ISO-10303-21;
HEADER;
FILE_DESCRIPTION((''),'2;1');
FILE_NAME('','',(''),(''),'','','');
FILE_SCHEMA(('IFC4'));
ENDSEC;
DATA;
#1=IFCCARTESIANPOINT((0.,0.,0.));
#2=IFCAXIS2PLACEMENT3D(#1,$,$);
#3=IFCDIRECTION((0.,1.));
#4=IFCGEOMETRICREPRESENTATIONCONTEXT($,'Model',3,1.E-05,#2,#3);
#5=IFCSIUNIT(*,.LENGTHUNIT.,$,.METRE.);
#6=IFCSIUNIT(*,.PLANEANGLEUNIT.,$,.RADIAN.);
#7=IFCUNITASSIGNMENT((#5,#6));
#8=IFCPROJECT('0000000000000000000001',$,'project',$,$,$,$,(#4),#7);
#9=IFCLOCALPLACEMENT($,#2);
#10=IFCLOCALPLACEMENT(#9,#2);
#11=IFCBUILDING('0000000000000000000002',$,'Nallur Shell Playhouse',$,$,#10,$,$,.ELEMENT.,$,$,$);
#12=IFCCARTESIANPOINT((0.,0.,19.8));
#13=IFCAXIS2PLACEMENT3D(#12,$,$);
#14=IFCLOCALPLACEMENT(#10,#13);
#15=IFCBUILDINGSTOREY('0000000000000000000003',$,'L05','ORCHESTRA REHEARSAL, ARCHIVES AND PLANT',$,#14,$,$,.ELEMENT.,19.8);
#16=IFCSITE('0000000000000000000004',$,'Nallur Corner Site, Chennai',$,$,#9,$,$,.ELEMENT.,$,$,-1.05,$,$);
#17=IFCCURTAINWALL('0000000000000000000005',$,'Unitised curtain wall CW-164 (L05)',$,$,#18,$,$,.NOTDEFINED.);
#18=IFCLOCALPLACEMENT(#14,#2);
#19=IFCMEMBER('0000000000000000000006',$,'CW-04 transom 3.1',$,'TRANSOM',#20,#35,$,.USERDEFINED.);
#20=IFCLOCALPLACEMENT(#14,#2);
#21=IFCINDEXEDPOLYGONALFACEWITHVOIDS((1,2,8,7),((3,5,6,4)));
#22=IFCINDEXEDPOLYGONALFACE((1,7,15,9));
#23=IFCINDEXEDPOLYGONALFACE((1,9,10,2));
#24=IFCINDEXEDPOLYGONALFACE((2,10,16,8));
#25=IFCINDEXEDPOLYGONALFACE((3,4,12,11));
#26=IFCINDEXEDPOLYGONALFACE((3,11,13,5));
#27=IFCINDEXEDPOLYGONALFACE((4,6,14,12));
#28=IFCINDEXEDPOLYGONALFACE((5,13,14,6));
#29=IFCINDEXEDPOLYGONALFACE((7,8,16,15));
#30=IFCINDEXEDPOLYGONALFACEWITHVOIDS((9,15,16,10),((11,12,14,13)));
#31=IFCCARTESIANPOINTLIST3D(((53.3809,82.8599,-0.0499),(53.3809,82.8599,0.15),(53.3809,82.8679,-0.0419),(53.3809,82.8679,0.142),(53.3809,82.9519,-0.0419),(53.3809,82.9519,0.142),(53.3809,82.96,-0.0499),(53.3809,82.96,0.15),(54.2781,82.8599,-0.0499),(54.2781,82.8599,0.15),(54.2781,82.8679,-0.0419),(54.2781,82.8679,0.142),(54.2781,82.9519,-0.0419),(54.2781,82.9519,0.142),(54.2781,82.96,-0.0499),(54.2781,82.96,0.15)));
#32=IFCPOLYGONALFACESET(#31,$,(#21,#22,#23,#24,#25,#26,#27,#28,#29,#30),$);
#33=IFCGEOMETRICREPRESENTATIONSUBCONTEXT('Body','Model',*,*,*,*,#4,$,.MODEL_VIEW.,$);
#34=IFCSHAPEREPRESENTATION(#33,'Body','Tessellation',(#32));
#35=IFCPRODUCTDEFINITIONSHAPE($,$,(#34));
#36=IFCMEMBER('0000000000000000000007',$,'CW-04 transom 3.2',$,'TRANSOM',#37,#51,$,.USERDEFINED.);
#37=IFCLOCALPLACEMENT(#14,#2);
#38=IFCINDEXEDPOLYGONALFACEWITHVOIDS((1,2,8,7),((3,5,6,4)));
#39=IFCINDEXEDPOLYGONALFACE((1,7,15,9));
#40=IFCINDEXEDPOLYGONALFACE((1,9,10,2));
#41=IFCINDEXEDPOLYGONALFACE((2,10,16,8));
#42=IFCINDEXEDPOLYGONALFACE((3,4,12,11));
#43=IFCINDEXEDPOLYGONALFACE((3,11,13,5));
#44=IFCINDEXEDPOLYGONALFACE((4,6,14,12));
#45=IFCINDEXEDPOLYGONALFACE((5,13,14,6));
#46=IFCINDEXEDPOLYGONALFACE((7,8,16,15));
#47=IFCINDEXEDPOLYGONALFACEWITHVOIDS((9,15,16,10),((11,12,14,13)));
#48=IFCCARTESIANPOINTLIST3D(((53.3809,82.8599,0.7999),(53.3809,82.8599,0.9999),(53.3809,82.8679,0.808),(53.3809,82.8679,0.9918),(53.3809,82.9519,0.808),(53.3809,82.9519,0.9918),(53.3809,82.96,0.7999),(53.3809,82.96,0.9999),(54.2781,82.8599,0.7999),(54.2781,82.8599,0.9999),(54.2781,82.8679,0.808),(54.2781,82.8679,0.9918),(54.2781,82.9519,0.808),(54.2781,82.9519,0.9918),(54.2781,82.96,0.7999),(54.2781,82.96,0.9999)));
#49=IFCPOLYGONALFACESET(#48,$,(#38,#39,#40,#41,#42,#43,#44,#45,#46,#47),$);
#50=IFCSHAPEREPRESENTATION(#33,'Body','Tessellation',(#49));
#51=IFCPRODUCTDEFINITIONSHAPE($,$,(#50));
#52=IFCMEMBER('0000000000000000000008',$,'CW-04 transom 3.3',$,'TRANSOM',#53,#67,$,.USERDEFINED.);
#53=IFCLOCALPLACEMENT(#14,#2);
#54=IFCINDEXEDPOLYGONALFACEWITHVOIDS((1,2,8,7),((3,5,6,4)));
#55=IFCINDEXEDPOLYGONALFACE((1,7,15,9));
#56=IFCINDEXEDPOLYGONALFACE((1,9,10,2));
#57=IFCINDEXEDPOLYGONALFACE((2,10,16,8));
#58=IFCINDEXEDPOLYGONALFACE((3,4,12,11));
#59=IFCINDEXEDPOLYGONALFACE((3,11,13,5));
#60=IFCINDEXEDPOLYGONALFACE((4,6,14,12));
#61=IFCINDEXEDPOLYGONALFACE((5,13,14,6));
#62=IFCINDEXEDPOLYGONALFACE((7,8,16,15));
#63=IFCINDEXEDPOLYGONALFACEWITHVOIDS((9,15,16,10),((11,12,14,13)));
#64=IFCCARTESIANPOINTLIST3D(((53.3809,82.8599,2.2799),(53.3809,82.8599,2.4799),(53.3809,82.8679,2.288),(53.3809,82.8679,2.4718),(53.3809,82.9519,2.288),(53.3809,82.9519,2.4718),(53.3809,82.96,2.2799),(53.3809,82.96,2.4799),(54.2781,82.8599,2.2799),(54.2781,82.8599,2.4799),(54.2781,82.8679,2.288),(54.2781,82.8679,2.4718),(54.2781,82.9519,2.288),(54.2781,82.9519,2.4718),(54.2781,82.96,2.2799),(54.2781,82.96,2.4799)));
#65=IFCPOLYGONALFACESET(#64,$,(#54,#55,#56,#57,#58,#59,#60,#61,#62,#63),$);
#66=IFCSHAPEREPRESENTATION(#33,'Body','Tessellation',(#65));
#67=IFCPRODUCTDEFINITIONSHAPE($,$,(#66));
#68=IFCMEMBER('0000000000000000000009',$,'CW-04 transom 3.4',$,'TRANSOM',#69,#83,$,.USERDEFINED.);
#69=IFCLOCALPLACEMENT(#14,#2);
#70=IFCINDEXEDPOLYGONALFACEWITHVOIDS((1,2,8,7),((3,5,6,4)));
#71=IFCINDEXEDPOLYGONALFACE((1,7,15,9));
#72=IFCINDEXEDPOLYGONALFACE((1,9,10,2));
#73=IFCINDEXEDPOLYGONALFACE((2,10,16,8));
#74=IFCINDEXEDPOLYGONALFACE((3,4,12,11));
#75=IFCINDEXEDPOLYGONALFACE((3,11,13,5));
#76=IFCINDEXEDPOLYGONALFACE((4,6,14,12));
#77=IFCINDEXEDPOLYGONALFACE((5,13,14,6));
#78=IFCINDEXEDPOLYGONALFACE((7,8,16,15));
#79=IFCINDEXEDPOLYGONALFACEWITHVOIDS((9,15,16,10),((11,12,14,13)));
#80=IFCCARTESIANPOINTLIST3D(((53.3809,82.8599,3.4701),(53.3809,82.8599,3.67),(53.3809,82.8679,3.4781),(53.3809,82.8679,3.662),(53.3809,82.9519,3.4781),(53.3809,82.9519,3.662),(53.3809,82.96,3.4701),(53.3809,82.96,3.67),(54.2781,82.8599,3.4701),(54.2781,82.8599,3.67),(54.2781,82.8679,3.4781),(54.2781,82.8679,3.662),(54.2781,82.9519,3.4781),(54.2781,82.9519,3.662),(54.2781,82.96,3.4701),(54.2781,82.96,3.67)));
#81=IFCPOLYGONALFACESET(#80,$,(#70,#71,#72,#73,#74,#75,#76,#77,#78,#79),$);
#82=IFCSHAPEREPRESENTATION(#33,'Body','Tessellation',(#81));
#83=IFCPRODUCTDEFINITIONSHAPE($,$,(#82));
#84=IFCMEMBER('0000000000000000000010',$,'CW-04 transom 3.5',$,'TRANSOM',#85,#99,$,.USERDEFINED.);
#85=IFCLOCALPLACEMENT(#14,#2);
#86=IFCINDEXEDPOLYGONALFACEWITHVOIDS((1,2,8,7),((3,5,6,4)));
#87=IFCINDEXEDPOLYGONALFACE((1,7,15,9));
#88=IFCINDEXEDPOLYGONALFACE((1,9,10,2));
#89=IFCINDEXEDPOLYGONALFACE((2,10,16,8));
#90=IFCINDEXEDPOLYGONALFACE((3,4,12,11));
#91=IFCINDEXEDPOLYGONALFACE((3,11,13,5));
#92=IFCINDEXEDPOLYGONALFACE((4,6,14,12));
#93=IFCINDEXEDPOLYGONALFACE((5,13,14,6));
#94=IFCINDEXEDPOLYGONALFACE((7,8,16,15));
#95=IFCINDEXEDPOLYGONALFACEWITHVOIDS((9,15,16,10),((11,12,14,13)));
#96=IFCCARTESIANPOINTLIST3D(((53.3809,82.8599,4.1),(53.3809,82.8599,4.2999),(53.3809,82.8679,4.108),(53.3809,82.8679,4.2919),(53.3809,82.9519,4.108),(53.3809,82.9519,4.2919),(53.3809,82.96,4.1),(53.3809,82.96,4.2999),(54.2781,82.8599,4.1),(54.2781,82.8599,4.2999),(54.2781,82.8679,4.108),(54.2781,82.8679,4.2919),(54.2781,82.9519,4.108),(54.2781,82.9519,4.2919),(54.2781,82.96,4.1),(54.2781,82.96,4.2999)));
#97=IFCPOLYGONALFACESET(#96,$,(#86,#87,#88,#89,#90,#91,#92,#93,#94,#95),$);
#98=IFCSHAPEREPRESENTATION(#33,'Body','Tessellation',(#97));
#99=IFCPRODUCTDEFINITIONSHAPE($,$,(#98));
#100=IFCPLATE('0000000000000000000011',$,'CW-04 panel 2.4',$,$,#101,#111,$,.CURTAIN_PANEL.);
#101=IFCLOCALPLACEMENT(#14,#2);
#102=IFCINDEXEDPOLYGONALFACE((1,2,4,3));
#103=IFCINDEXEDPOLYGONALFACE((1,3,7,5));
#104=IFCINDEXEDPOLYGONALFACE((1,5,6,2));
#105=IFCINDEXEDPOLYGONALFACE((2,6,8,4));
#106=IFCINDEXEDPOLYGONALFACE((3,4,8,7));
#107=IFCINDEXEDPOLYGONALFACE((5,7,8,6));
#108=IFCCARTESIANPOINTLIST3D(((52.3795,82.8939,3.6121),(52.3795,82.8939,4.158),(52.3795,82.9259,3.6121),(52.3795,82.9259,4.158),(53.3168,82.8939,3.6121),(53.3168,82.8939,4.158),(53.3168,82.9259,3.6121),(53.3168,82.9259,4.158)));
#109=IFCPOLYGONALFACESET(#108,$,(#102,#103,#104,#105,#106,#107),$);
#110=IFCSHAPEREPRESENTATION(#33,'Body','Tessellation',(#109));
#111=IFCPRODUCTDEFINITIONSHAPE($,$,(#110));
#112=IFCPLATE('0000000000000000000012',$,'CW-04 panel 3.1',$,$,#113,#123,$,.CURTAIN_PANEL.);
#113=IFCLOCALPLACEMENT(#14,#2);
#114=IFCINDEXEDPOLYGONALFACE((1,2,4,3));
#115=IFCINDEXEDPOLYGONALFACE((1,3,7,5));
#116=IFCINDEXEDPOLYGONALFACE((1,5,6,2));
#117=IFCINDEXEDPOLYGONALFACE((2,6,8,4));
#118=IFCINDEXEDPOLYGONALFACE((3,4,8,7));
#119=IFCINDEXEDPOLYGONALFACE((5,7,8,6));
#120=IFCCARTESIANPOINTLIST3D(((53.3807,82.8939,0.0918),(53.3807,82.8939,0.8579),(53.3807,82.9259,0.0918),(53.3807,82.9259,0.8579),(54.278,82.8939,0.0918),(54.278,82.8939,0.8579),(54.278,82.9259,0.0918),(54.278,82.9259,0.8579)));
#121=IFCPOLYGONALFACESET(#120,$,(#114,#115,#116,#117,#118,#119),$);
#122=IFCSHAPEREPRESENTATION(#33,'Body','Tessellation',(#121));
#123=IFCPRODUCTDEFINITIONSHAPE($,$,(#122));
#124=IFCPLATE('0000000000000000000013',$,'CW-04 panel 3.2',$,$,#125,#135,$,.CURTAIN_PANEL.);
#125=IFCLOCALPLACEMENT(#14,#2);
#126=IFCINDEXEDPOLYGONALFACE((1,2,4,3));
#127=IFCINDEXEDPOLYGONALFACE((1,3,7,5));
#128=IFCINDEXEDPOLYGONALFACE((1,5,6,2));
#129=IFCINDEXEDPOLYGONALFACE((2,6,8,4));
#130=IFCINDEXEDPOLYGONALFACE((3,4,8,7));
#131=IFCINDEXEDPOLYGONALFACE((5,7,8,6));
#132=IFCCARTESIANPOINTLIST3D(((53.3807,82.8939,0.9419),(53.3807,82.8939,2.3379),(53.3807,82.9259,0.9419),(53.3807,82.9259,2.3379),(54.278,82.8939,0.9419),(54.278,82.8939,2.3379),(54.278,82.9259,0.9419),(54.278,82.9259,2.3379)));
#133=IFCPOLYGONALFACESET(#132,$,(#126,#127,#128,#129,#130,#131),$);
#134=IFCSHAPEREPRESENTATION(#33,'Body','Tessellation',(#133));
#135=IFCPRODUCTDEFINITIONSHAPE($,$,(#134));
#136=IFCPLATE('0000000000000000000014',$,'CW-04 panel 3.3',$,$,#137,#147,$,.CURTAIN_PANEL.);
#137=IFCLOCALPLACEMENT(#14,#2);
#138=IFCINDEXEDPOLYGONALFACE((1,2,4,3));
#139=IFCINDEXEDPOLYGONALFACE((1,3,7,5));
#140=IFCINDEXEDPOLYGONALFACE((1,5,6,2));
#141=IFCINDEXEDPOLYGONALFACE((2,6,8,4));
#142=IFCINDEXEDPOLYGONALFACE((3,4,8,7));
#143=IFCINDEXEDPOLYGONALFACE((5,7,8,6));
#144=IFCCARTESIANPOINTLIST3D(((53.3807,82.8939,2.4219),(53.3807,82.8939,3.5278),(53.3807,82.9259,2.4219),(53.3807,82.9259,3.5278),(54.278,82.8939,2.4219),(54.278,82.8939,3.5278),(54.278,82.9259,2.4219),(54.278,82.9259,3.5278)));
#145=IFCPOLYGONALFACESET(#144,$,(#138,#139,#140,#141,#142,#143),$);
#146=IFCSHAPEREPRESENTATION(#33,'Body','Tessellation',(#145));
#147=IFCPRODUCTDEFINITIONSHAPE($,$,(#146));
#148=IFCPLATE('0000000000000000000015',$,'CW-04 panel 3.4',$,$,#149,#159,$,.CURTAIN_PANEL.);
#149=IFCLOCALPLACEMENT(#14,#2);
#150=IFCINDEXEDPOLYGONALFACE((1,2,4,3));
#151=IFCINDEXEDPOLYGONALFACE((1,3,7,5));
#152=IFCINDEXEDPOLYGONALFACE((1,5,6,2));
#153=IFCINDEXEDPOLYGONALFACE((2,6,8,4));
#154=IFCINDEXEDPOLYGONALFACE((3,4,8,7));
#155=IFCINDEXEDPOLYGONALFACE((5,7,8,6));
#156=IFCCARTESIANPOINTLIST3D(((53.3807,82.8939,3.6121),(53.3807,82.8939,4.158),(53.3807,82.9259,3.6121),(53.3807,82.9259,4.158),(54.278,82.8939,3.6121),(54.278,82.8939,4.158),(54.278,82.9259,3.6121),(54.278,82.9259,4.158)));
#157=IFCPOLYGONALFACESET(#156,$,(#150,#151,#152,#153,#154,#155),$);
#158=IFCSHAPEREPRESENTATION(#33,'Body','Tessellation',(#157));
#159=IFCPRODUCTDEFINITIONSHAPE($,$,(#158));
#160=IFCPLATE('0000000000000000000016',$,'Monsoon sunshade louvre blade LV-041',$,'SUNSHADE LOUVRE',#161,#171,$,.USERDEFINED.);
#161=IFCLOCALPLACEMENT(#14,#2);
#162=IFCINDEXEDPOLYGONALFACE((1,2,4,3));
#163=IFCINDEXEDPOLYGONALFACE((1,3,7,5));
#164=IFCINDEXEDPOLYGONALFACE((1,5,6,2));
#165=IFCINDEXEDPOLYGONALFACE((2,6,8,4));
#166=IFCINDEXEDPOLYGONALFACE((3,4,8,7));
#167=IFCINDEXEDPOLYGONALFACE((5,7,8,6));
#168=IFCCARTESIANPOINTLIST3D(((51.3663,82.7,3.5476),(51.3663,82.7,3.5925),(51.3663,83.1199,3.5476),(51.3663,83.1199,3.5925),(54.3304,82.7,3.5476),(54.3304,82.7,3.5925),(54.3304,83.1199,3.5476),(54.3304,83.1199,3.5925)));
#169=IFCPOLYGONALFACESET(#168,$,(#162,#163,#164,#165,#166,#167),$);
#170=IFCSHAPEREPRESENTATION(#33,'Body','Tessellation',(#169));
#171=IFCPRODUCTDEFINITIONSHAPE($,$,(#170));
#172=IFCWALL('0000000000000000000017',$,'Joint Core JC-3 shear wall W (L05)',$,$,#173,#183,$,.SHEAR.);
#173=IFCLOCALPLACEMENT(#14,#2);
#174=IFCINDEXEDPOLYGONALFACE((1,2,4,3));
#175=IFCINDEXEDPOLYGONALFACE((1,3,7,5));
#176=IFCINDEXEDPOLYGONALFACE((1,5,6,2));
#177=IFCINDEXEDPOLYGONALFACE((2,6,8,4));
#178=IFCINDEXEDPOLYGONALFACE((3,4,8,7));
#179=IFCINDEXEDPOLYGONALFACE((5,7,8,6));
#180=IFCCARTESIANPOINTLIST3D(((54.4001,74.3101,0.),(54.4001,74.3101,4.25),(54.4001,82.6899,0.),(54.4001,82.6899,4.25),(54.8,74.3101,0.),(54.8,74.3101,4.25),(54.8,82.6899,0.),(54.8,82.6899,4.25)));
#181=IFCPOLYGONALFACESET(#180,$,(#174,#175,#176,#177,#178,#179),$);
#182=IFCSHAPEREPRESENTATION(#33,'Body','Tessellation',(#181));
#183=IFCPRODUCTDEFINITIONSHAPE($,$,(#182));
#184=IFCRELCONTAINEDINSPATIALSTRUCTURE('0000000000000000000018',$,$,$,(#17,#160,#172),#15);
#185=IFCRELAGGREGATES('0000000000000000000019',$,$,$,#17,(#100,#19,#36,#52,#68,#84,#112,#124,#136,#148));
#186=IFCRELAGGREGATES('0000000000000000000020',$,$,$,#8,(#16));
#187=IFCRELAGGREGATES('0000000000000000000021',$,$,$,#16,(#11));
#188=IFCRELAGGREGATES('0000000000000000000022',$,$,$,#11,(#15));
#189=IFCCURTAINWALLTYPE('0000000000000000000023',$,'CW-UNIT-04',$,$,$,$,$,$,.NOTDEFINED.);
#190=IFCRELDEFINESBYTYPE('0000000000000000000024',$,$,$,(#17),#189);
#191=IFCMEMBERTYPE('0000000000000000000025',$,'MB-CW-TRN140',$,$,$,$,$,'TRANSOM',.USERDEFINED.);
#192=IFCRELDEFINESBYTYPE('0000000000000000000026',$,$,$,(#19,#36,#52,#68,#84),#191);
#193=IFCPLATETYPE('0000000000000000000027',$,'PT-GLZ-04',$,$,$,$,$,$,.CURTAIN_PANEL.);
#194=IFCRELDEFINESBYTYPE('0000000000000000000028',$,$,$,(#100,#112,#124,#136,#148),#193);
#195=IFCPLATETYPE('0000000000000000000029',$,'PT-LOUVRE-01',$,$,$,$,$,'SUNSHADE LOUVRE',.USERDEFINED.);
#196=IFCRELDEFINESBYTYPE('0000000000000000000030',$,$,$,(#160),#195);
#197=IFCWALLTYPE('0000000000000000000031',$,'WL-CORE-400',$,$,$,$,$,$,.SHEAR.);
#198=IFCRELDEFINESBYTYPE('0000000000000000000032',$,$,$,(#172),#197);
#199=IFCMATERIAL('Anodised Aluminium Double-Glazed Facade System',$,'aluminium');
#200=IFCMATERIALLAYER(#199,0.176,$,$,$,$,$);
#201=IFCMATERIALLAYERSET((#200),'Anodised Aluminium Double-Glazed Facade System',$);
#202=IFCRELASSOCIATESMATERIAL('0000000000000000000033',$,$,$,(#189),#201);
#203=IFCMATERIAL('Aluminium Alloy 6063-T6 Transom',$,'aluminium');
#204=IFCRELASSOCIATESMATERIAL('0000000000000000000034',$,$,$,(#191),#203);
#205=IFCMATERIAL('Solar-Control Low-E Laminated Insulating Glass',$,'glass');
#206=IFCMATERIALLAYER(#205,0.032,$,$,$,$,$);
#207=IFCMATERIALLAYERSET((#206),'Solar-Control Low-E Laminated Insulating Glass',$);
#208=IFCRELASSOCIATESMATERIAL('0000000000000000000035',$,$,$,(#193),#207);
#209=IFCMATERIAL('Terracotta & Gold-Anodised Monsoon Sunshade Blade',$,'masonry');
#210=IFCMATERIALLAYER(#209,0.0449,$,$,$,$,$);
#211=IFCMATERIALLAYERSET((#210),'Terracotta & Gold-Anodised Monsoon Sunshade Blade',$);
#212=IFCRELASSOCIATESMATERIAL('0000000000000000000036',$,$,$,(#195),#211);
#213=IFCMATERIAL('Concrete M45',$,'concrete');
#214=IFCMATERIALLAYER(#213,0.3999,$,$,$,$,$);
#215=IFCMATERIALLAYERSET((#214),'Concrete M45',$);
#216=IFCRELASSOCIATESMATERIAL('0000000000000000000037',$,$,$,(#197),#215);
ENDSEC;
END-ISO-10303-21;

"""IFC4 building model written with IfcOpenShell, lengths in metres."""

from ifc_helpers import new_model, si_unit, direction, frame, frame_2d, origin, origin_2d, place, context, subcontext, project, spatial, rectangle, hollow_rectangle, extrude, material, layer, layer_set, material_profile, profile_set, type_object, element, aggregate, save


model = new_model("IFC4")

# Units and contexts
model_context = context("Model", 3, precision=1e-05, world=origin(), true_north=direction((0.0, 1.0)))
body_context = subcontext(model_context, "Body", "Model", "MODEL_VIEW")
ifc_project = project(units=[si_unit("LENGTHUNIT", "METRE"), si_unit("PLANEANGLEUNIT", "RADIAN")], contexts=[model_context])

# Site, building, storey
site_placement = place(None, origin())
site = spatial("IfcSite", under=ifc_project, at=site_placement, Name="Nallur Corner Site, Chennai", CompositionType="ELEMENT", RefElevation=-1.05)
building_placement = place(site_placement, origin())
building = spatial("IfcBuilding", under=site, at=building_placement, Name="Nallur Shell Playhouse", CompositionType="ELEMENT")
storey_placement = place(building_placement, frame((0.0, 0.0, 19.8)))
storey = spatial("IfcBuildingStorey", under=building, at=storey_placement, Name="L05", Description="ORCHESTRA REHEARSAL, ARCHIVES AND PLANT", CompositionType="ELEMENT", Elevation=19.8)

# Curtain wall, members, plates
ifc_material_1 = material(Name="Anodised Aluminium Double-Glazed Facade System", Category="aluminium")
ifc_layer_1 = layer(ifc_material_1, 0.176)
ifc_layer_set_1 = layer_set([ifc_layer_1], Name="Anodised Aluminium Double-Glazed Facade System")
curtain_wall_type = type_object("IfcCurtainWallType", Name="CW-UNIT-04", PredefinedType="NOTDEFINED", material=ifc_layer_set_1)
curtain_wall_placement = place(storey_placement, origin())
curtain_wall = element("IfcCurtainWall", 1, at=curtain_wall_placement, inside=storey, type_object=curtain_wall_type, Name="Unitised curtain wall CW-164 (L05)", PredefinedType="NOTDEFINED")
ifc_material_2 = material(Name="Aluminium Alloy 6063-T6 Transom", Category="aluminium")
ifc_material_profile_1 = material_profile(ifc_material_2, hollow_rectangle(XDim=0.1001, YDim=0.2, WallThickness=0.0081, at=origin_2d()), Name="RHS 200x100x8")
ifc_profile_set_1 = profile_set([ifc_material_profile_1], Name="Aluminium Alloy 6063-T6 Transom")
member_type_1 = type_object("IfcMemberType", Name="MB-CW-TRN140", ElementType="TRANSOM", PredefinedType="USERDEFINED", material=ifc_profile_set_1)
member_1_placement = place(storey_placement, frame((53.3809, 82.9099, 0.05), z_axis=(1.0, 0.0, 0.0), x_axis=(0.0, 1.0, 0.0)))
member_1 = element("IfcMember", 2, at=member_1_placement, type_object=member_type_1, Name="CW-04 transom 3.1", ObjectType="TRANSOM", PredefinedType="USERDEFINED", context=body_context, shape_type="SweptSolid", body=[
    extrude(hollow_rectangle(XDim=0.1001, YDim=0.2, WallThickness=0.0081, at=origin_2d()), origin(), (0.0, 0.0, 1.0), 0.8972),
])
member_2_placement = place(storey_placement, frame((53.3809, 82.9099, 0.8999), z_axis=(1.0, 0.0, 0.0), x_axis=(0.0, 1.0, 0.0)))
member_2 = element("IfcMember", 3, at=member_2_placement, type_object=member_type_1, Name="CW-04 transom 3.2", ObjectType="TRANSOM", PredefinedType="USERDEFINED", context=body_context, shape_type="SweptSolid", body=[
    extrude(hollow_rectangle(XDim=0.1001, YDim=0.2, WallThickness=0.0081, at=origin_2d()), origin(), (0.0, 0.0, 1.0), 0.8972),
])
member_3_placement = place(storey_placement, frame((53.3809, 82.9099, 2.3799), z_axis=(1.0, 0.0, 0.0), x_axis=(0.0, 1.0, 0.0)))
member_3 = element("IfcMember", 4, at=member_3_placement, type_object=member_type_1, Name="CW-04 transom 3.3", ObjectType="TRANSOM", PredefinedType="USERDEFINED", context=body_context, shape_type="SweptSolid", body=[
    extrude(hollow_rectangle(XDim=0.1001, YDim=0.2, WallThickness=0.0081, at=origin_2d()), origin(), (0.0, 0.0, 1.0), 0.8972),
])
member_4_placement = place(storey_placement, frame((53.3809, 82.9099, 3.5701), z_axis=(1.0, 0.0, 0.0), x_axis=(0.0, 1.0, 0.0)))
member_4 = element("IfcMember", 5, at=member_4_placement, type_object=member_type_1, Name="CW-04 transom 3.4", ObjectType="TRANSOM", PredefinedType="USERDEFINED", context=body_context, shape_type="SweptSolid", body=[
    extrude(hollow_rectangle(XDim=0.1001, YDim=0.2, WallThickness=0.0081, at=origin_2d()), origin(), (0.0, 0.0, 1.0), 0.8972),
])
member_5_placement = place(storey_placement, frame((53.3809, 82.9099, 4.2), z_axis=(1.0, 0.0, 0.0), x_axis=(0.0, 1.0, 0.0)))
member_5 = element("IfcMember", 6, at=member_5_placement, type_object=member_type_1, Name="CW-04 transom 3.5", ObjectType="TRANSOM", PredefinedType="USERDEFINED", context=body_context, shape_type="SweptSolid", body=[
    extrude(hollow_rectangle(XDim=0.1001, YDim=0.2, WallThickness=0.0081, at=origin_2d()), origin(), (0.0, 0.0, 1.0), 0.8972),
])
ifc_material_3 = material(Name="Solar-Control Low-E Laminated Insulating Glass", Category="glass")
ifc_layer_2 = layer(ifc_material_3, 0.032)
ifc_layer_set_2 = layer_set([ifc_layer_2], Name="Solar-Control Low-E Laminated Insulating Glass")
plate_type_1 = type_object("IfcPlateType", Name="PT-GLZ-04", PredefinedType="CURTAIN_PANEL", material=ifc_layer_set_2)
plate_1_placement = place(storey_placement, frame((52.8481, 82.9099, 3.6121), z_axis=(0.0, 0.0, 1.0), x_axis=(1.0, 0.0, 0.0)))
plate_1 = element("IfcPlate", 7, at=plate_1_placement, type_object=plate_type_1, Name="CW-04 panel 2.4", PredefinedType="CURTAIN_PANEL", context=body_context, shape_type="SweptSolid", body=[
    extrude(rectangle(XDim=0.9373, YDim=0.032, at=origin_2d()), origin(), (0.0, 0.0, 1.0), 0.5459),
])
plate_2_placement = place(storey_placement, frame((53.8293, 82.9099, 0.0918), z_axis=(0.0, 0.0, 1.0), x_axis=(1.0, 0.0, 0.0)))
plate_2 = element("IfcPlate", 8, at=plate_2_placement, type_object=plate_type_1, Name="CW-04 panel 3.1", PredefinedType="CURTAIN_PANEL", context=body_context, shape_type="SweptSolid", body=[
    extrude(rectangle(XDim=0.8972, YDim=0.032, at=origin_2d()), origin(), (0.0, 0.0, 1.0), 0.7661),
])
plate_3_placement = place(storey_placement, frame((53.8293, 82.9099, 0.9419), z_axis=(0.0, 0.0, 1.0), x_axis=(1.0, 0.0, 0.0)))
plate_3 = element("IfcPlate", 9, at=plate_3_placement, type_object=plate_type_1, Name="CW-04 panel 3.2", PredefinedType="CURTAIN_PANEL", context=body_context, shape_type="SweptSolid", body=[
    extrude(rectangle(XDim=0.8972, YDim=0.032, at=origin_2d()), origin(), (0.0, 0.0, 1.0), 1.396),
])
plate_4_placement = place(storey_placement, frame((53.8293, 82.9099, 2.4219), z_axis=(0.0, 0.0, 1.0), x_axis=(1.0, 0.0, 0.0)))
plate_4 = element("IfcPlate", 10, at=plate_4_placement, type_object=plate_type_1, Name="CW-04 panel 3.3", PredefinedType="CURTAIN_PANEL", context=body_context, shape_type="SweptSolid", body=[
    extrude(rectangle(XDim=0.8972, YDim=0.032, at=origin_2d()), origin(), (0.0, 0.0, 1.0), 1.106),
])
plate_5_placement = place(storey_placement, frame((53.8293, 82.9099, 3.6121), z_axis=(0.0, 0.0, 1.0), x_axis=(1.0, 0.0, 0.0)))
plate_5 = element("IfcPlate", 11, at=plate_5_placement, type_object=plate_type_1, Name="CW-04 panel 3.4", PredefinedType="CURTAIN_PANEL", context=body_context, shape_type="SweptSolid", body=[
    extrude(rectangle(XDim=0.8972, YDim=0.032, at=origin_2d()), origin(), (0.0, 0.0, 1.0), 0.5459),
])
aggregate(curtain_wall, [plate_1, member_1, member_2, member_3, member_4, member_5, plate_2, plate_3, plate_4, plate_5])

# Plate
ifc_material_4 = material(Name="Terracotta & Gold-Anodised Monsoon Sunshade Blade", Category="masonry")
ifc_layer_3 = layer(ifc_material_4, 0.0449)
ifc_layer_set_3 = layer_set([ifc_layer_3], Name="Terracotta & Gold-Anodised Monsoon Sunshade Blade")
plate_type_2 = type_object("IfcPlateType", Name="PT-LOUVRE-01", ElementType="SUNSHADE LOUVRE", PredefinedType="USERDEFINED", material=ifc_layer_set_3)
plate_6_placement = place(storey_placement, frame((52.8484, 82.9099, 3.5476), z_axis=(0.0, 0.0, 1.0), x_axis=(1.0, 0.0, 0.0)))
element("IfcPlate", 12, at=plate_6_placement, inside=storey, type_object=plate_type_2, Name="Monsoon sunshade louvre blade LV-041", ObjectType="SUNSHADE LOUVRE", PredefinedType="USERDEFINED", context=body_context, shape_type="SweptSolid", body=[
    extrude(rectangle(XDim=2.9641, YDim=0.4199, at=origin_2d()), origin(), (0.0, 0.0, 1.0), 0.0449),
])

# Wall
ifc_material_5 = material(Name="Concrete M45", Category="concrete")
ifc_layer_4 = layer(ifc_material_5, 0.3999)
ifc_layer_set_4 = layer_set([ifc_layer_4], Name="Concrete M45")
wall_type_1 = type_object("IfcWallType", Name="WL-CORE-400", PredefinedType="SHEAR", material=ifc_layer_set_4)
wall_1_placement = place(storey_placement, frame((54.6001, 82.6899, 0.0), z_axis=(0.0, 0.0, 1.0), x_axis=(0.0, -1.0, 0.0)))
element("IfcWall", 13, at=wall_1_placement, inside=storey, type_object=wall_type_1, Name="Joint Core JC-3 shear wall W (L05)", PredefinedType="SHEAR", context=body_context, shape_type="SweptSolid", body=[
    extrude(rectangle(XDim=8.3799, YDim=0.3999, at=frame_2d((4.1899, 0.0))), origin(), (0.0, 0.0, 1.0), 4.25),
])

save(model, "model.ifc")
